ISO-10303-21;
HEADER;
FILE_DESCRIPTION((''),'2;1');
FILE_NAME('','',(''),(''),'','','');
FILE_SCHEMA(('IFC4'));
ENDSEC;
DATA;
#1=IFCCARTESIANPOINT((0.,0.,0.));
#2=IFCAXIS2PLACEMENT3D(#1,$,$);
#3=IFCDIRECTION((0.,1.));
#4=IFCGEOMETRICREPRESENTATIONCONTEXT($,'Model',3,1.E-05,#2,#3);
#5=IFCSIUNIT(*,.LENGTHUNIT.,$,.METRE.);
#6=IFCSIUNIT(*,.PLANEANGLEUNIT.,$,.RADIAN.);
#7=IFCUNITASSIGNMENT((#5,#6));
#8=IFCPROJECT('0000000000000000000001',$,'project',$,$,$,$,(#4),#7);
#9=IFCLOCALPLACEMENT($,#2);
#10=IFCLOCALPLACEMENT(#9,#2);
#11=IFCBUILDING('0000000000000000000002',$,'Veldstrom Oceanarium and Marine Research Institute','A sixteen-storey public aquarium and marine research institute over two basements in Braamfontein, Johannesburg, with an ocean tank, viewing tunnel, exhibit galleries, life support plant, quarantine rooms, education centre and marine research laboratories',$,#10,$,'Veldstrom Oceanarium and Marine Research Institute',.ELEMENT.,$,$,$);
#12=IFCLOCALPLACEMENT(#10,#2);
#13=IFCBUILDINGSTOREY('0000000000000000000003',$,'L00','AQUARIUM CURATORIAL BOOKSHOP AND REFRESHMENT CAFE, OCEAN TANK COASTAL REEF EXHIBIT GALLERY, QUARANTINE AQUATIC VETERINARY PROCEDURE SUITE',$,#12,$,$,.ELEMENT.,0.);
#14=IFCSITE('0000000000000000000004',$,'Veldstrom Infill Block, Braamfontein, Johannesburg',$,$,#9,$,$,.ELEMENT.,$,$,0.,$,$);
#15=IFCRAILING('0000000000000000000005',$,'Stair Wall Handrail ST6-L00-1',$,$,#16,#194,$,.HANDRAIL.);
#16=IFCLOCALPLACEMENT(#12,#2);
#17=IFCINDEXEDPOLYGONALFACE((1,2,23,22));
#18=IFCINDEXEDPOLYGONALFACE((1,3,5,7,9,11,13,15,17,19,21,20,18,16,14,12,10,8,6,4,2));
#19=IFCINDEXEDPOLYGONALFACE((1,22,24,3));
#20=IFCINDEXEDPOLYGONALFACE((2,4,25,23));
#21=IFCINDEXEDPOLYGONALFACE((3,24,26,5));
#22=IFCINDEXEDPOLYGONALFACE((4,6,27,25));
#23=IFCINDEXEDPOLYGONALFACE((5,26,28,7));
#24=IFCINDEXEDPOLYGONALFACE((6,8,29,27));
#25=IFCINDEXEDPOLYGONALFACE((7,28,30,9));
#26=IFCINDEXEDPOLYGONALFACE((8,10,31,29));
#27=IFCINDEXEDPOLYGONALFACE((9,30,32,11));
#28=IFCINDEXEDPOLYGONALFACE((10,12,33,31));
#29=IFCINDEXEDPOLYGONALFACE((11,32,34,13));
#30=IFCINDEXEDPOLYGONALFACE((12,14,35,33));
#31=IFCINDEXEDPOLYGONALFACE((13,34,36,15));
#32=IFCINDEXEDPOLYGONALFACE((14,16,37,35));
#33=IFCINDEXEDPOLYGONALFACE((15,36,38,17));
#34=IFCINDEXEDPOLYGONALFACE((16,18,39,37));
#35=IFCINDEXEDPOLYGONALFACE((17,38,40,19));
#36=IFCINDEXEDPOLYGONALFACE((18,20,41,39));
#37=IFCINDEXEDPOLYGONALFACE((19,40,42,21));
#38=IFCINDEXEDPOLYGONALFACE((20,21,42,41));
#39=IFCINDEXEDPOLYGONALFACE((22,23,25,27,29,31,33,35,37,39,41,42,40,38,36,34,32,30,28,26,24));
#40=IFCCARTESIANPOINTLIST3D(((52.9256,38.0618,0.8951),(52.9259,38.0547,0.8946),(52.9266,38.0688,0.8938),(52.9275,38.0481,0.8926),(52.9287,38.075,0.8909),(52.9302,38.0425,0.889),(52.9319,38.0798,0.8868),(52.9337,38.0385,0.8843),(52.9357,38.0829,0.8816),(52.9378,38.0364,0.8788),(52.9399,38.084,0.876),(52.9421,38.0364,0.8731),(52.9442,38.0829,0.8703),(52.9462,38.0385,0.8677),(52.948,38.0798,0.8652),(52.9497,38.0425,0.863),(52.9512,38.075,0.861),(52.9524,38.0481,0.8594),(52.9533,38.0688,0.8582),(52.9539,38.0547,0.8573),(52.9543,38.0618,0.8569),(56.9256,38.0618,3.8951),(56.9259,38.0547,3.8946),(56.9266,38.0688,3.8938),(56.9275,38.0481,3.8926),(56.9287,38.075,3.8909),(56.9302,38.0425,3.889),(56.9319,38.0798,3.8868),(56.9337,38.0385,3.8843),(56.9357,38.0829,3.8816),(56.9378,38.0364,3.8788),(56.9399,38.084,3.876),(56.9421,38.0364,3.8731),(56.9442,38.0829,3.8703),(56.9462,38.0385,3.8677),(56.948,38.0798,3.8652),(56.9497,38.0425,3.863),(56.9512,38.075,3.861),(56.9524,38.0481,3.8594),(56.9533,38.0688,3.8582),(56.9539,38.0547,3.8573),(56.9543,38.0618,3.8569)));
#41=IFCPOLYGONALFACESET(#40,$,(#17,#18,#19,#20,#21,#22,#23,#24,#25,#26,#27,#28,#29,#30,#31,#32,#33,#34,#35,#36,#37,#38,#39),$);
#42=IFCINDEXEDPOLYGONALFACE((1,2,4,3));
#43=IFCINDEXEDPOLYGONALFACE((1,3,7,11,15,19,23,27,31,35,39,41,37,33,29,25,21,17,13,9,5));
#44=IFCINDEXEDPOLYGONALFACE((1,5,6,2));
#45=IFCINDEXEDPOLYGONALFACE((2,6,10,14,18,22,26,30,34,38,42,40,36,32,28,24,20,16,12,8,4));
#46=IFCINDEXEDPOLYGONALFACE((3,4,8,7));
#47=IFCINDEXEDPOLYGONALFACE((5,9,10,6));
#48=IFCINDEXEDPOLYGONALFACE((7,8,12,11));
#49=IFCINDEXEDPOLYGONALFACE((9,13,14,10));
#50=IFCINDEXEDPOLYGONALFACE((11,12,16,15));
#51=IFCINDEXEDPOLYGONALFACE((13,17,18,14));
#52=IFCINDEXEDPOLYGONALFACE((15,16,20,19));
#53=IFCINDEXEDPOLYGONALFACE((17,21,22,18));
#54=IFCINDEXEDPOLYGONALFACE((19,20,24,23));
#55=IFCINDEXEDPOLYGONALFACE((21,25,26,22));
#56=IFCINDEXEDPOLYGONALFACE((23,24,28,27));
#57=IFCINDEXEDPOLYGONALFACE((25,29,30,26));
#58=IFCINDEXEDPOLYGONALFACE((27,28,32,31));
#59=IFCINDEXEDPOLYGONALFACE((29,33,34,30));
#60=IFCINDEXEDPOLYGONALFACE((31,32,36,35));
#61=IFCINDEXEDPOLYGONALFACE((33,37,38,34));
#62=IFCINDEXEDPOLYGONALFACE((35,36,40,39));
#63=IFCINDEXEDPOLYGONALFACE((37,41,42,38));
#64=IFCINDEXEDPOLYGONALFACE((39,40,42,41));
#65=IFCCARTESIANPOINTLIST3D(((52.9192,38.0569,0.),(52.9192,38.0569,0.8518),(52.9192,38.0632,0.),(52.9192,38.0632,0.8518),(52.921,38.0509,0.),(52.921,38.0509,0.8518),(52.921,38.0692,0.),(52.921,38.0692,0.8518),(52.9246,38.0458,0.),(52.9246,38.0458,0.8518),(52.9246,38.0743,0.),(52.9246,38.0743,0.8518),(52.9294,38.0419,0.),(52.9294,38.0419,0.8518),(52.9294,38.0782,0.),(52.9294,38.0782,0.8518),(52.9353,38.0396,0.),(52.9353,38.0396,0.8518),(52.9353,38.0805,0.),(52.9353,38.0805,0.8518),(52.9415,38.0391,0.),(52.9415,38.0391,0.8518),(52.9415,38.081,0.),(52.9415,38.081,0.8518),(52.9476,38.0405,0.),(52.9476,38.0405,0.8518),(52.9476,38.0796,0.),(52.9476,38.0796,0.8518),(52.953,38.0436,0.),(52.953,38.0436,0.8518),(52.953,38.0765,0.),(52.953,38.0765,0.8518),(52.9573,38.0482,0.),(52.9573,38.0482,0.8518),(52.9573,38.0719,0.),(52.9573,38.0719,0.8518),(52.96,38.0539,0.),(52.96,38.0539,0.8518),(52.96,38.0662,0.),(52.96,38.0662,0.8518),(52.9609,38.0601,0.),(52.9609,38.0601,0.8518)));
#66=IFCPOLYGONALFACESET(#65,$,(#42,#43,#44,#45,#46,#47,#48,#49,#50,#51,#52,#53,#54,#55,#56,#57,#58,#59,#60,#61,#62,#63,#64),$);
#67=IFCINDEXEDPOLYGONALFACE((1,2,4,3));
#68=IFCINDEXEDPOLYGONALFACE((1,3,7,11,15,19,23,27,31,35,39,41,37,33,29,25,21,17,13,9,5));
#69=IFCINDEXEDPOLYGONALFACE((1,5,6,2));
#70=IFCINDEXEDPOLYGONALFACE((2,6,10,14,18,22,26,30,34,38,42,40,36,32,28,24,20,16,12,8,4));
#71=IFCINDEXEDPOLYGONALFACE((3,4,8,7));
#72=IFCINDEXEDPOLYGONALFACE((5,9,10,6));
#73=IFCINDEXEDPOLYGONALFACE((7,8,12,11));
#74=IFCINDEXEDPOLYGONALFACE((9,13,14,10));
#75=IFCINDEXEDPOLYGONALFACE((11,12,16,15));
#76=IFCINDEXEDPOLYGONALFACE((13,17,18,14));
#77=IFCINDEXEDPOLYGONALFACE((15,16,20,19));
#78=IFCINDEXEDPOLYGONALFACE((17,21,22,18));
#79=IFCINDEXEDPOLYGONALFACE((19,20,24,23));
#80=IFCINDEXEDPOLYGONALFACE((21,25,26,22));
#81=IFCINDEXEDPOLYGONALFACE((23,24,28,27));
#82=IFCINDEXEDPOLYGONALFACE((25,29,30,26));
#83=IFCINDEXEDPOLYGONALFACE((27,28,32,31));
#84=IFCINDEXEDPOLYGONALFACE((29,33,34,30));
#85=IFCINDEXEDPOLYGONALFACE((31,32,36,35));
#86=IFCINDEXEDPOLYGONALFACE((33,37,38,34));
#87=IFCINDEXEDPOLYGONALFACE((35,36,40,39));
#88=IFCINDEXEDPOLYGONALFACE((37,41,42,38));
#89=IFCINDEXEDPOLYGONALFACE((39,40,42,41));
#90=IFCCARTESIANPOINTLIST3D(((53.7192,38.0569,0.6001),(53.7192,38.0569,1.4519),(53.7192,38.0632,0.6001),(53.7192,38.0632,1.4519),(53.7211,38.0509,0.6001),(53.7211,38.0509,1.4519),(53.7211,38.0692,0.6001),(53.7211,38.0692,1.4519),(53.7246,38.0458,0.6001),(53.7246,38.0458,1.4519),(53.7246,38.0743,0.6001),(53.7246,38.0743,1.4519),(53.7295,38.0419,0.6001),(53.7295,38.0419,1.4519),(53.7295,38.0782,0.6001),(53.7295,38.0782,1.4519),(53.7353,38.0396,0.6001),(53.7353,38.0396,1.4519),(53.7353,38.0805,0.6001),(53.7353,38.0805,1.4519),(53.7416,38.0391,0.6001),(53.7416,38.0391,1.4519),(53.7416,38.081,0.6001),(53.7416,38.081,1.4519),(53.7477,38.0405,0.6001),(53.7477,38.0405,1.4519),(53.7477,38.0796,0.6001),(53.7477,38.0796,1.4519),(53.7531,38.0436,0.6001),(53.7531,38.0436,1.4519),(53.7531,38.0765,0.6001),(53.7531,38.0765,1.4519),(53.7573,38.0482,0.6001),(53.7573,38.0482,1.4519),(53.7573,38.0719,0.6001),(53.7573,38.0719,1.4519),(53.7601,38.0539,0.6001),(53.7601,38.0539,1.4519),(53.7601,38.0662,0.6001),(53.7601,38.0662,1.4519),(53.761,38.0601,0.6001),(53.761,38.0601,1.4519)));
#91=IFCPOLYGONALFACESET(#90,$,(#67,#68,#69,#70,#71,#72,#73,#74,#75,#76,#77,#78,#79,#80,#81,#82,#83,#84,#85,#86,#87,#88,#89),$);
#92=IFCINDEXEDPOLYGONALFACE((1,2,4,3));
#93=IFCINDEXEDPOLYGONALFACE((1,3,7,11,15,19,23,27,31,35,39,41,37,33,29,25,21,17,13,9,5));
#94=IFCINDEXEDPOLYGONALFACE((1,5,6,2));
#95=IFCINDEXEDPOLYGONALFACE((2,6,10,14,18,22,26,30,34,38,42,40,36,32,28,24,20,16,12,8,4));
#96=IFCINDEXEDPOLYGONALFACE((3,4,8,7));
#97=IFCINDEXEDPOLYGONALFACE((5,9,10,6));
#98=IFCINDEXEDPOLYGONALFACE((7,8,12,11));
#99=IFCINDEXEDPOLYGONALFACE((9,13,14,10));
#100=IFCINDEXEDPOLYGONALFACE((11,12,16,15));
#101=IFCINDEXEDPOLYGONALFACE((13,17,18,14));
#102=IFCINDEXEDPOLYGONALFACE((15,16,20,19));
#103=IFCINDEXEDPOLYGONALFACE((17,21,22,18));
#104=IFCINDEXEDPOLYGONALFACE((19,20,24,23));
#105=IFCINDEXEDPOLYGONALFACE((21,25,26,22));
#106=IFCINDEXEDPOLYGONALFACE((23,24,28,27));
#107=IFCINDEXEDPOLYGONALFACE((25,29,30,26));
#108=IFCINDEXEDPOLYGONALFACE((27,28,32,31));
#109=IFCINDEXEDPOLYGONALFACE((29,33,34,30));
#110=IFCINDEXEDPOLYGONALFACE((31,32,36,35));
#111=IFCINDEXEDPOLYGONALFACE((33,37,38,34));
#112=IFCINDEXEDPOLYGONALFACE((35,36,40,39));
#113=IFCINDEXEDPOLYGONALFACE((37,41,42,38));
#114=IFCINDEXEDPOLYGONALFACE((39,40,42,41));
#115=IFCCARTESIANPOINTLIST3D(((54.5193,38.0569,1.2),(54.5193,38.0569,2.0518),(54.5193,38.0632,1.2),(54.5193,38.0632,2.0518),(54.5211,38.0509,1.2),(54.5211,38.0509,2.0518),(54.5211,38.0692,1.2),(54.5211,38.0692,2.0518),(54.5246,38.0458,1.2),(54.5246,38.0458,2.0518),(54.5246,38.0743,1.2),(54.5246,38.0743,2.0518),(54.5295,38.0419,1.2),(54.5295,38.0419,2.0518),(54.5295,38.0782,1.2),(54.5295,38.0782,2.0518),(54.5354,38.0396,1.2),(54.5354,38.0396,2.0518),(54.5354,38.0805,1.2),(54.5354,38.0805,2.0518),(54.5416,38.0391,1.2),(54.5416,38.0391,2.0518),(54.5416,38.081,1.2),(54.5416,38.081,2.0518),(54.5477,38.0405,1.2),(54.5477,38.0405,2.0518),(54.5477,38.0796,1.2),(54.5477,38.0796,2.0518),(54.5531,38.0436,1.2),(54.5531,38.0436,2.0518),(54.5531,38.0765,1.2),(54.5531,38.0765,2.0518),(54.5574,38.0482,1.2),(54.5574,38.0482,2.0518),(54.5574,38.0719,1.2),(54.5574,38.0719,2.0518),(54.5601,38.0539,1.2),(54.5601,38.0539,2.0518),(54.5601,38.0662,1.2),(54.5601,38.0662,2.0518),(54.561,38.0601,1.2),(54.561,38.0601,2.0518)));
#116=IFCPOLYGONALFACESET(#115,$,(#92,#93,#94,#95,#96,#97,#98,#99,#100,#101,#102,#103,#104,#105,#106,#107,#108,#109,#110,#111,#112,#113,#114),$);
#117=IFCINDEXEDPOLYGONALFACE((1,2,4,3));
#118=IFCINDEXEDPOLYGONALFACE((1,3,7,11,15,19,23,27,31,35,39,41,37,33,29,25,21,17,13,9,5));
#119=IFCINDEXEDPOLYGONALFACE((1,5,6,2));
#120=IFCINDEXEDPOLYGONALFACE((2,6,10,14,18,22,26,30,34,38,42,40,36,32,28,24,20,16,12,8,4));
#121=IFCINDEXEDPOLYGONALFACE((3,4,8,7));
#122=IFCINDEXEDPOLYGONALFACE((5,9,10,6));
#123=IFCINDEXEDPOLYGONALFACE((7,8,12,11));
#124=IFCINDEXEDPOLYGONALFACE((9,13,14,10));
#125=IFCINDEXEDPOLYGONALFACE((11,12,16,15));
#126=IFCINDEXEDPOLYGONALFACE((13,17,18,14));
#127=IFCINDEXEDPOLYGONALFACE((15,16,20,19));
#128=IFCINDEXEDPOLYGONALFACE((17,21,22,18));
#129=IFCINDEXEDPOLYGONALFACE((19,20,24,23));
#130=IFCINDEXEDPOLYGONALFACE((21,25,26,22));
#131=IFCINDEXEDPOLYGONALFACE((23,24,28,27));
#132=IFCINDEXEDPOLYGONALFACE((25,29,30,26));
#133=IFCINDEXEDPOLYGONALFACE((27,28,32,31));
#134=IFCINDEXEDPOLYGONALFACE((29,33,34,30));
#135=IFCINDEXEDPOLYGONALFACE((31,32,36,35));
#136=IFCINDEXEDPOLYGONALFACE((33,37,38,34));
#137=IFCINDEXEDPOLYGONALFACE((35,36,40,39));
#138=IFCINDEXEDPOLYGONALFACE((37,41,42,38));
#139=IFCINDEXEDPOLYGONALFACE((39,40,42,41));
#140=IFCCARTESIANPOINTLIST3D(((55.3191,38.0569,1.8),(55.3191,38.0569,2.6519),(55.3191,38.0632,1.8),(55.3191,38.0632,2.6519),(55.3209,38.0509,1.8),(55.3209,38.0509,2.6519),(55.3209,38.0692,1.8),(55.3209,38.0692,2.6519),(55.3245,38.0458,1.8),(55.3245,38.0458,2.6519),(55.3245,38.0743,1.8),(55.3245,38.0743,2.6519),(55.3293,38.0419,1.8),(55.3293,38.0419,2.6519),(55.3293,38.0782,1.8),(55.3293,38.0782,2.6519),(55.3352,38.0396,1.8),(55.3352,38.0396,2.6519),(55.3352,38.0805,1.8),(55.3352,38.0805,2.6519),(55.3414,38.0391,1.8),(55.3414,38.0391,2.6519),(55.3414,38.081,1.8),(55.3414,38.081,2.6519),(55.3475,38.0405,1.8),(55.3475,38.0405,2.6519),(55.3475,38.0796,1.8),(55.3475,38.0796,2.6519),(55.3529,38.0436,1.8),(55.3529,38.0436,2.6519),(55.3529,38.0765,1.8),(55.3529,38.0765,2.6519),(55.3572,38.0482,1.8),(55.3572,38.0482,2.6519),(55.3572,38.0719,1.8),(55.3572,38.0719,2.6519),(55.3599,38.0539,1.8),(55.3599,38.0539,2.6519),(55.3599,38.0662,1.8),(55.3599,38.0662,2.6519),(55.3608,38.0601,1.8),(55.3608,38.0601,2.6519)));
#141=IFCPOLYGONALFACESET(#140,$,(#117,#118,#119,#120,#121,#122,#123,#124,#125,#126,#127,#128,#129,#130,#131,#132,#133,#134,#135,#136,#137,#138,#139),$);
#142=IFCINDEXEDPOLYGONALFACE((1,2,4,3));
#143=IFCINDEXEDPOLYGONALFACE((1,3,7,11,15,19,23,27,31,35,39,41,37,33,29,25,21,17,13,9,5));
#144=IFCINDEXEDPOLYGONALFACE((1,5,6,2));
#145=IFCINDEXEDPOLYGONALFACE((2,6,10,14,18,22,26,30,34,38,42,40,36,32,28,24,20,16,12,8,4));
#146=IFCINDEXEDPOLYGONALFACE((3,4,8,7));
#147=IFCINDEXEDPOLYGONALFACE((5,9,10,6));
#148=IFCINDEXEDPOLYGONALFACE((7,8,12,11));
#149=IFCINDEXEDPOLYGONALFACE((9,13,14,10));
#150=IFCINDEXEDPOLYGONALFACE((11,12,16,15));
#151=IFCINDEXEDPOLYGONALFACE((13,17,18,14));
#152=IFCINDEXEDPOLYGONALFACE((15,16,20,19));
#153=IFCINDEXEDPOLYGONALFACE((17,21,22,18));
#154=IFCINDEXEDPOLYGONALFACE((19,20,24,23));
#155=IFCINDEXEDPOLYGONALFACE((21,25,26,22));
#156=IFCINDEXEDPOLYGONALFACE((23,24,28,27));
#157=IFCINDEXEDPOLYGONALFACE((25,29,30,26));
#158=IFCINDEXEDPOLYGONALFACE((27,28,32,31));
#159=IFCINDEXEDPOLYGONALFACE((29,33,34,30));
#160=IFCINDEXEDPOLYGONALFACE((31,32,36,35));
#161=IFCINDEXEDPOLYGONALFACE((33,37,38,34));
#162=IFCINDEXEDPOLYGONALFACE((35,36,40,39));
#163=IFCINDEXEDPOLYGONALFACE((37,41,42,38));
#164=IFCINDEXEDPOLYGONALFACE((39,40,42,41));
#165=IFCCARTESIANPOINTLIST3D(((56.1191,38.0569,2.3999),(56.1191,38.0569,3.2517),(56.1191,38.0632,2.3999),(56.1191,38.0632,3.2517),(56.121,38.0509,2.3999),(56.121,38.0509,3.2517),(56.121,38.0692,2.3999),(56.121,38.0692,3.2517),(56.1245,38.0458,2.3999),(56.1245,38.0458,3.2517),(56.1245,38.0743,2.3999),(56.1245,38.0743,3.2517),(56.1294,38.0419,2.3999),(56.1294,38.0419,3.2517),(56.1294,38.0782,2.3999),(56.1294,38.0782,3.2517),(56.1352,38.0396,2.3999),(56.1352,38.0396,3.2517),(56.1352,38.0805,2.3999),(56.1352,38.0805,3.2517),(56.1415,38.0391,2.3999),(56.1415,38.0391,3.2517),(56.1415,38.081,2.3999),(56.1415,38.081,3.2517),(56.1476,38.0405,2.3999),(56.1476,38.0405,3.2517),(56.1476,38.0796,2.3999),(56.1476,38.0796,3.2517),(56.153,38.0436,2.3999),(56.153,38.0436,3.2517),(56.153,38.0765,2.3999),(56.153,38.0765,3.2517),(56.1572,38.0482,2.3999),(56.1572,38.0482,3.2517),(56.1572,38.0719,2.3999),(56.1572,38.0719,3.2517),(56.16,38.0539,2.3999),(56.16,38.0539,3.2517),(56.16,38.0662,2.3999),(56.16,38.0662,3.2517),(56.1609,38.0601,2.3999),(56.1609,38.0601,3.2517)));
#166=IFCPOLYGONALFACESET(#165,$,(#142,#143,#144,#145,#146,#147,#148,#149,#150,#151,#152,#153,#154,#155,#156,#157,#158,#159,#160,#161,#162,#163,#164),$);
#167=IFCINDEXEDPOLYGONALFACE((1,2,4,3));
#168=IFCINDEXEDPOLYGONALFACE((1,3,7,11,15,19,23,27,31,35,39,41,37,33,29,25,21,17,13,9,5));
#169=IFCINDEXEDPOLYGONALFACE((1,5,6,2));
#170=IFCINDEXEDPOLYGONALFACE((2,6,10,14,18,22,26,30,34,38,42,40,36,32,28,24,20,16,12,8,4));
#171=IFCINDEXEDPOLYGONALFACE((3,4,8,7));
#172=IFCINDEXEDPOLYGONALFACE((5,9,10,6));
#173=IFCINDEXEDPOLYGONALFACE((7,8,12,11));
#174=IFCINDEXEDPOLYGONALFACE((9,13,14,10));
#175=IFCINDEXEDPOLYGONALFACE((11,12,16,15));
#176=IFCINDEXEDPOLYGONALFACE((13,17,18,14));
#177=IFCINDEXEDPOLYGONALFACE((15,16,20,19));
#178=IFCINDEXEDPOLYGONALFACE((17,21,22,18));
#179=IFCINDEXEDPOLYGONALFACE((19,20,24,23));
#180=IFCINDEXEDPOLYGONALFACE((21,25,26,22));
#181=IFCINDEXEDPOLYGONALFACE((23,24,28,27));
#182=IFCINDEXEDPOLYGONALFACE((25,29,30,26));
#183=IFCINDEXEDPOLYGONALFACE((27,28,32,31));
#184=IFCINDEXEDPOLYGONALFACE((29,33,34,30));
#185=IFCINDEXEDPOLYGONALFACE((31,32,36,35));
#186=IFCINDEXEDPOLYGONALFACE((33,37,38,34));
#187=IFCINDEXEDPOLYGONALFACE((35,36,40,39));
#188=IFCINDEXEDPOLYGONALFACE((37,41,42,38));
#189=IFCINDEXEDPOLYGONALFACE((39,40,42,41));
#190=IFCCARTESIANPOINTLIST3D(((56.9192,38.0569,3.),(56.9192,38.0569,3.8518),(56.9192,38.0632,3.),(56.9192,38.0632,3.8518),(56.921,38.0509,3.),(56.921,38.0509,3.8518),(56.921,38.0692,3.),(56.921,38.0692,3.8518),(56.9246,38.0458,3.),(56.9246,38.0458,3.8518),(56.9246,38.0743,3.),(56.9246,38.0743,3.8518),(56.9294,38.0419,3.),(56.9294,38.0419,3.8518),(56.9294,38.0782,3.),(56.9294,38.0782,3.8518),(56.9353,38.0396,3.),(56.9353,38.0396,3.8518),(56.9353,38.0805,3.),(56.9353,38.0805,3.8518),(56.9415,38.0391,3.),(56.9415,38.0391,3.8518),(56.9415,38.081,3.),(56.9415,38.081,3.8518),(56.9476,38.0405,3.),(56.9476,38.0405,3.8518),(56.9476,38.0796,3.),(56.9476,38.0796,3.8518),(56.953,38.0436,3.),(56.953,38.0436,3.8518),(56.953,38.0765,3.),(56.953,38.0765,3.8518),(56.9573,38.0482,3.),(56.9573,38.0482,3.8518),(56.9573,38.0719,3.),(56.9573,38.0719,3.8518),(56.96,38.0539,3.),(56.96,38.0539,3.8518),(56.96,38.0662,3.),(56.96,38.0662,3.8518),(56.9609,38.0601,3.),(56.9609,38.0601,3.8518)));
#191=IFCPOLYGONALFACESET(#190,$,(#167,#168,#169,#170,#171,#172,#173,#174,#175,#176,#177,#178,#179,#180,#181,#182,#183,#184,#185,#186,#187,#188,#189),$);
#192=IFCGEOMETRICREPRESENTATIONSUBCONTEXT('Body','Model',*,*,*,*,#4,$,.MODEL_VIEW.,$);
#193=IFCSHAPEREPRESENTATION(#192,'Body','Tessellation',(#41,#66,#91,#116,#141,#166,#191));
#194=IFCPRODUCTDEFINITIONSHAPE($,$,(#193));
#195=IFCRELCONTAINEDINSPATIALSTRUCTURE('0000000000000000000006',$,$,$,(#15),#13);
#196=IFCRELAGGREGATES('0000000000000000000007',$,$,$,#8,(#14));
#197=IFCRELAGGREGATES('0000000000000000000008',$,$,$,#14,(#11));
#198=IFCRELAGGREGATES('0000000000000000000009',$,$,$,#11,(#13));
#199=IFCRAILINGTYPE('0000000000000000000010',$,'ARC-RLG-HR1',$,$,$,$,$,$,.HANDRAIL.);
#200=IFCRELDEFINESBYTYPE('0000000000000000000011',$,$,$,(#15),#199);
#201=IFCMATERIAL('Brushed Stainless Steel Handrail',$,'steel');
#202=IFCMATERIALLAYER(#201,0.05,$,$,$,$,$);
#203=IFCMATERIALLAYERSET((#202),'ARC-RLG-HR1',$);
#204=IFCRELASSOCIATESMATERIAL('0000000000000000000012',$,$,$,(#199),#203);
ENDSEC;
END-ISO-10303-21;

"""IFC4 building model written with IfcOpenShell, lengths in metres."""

from ifc_helpers import new_model, si_unit, direction, frame, origin, origin_2d, place, context, subcontext, project, spatial, circle, extrude, material, layer, layer_set, type_object, element, save


model = new_model("IFC4")

# Units and contexts
model_context = context("Model", 3, precision=1e-05, world=origin(), true_north=direction((0.0, 1.0)))
body_context = subcontext(model_context, "Body", "Model", "MODEL_VIEW")
ifc_project = project(units=[si_unit("LENGTHUNIT", "METRE"), si_unit("PLANEANGLEUNIT", "RADIAN")], contexts=[model_context])

# Site, building, storey
site_placement = place(None, origin())
site = spatial("IfcSite", under=ifc_project, at=site_placement, Name="Veldstrom Infill Block, Braamfontein, Johannesburg", CompositionType="ELEMENT", RefElevation=0.0)
building_placement = place(site_placement, origin())
building = spatial("IfcBuilding", under=site, at=building_placement, Name="Veldstrom Oceanarium and Marine Research Institute", Description="A sixteen-storey public aquarium and marine research institute over two basements in Braamfontein, Johannesburg, with an ocean tank, viewing tunnel, exhibit galleries, life support plant, quarantine rooms, education centre and marine research laboratories", LongName="Veldstrom Oceanarium and Marine Research Institute", CompositionType="ELEMENT")
storey_placement = place(building_placement, origin())
storey = spatial("IfcBuildingStorey", under=building, at=storey_placement, Name="L00", Description="AQUARIUM CURATORIAL BOOKSHOP AND REFRESHMENT CAFE, OCEAN TANK COASTAL REEF EXHIBIT GALLERY, QUARANTINE AQUATIC VETERINARY PROCEDURE SUITE", CompositionType="ELEMENT", Elevation=0.0)

# Railing
ifc_material_1 = material(Name="Brushed Stainless Steel Handrail", Category="steel")
ifc_layer_1 = layer(ifc_material_1, 0.05)
ifc_layer_set_1 = layer_set([ifc_layer_1], Name="ARC-RLG-HR1")
railing_type_1 = type_object("IfcRailingType", Name="ARC-RLG-HR1", PredefinedType="HANDRAIL", material=ifc_layer_set_1)
railing_1_placement = place(storey_placement, frame((52.9399, 38.0601, 0.0)))
element("IfcRailing", 1, at=railing_1_placement, inside=storey, type_object=railing_type_1, Name="Stair Wall Handrail ST6-L00-1", PredefinedType="HANDRAIL", context=body_context, shape_type="SweptSolid", body=[
    extrude(circle(Radius=0.0239, at=origin_2d()), frame((0.0, 0.0, 0.876), z_axis=(0.8, 0.0, 0.6), x_axis=(0.0, 1.0, 0.0)), (0.0, 0.0, 1.0), 5.0),
    extrude(circle(Radius=0.021, at=origin_2d()), origin(), (0.0, 0.0, 1.0), 0.8518),
    extrude(circle(Radius=0.021, at=origin_2d()), frame((0.8, 0.0, 0.6001)), (0.0, 0.0, 1.0), 0.8518),
    extrude(circle(Radius=0.021, at=origin_2d()), frame((1.6001, 0.0, 1.2)), (0.0, 0.0, 1.0), 0.8518),
    extrude(circle(Radius=0.021, at=origin_2d()), frame((2.3999, 0.0, 1.8)), (0.0, 0.0, 1.0), 0.8518),
    extrude(circle(Radius=0.021, at=origin_2d()), frame((3.2, 0.0, 2.3999)), (0.0, 0.0, 1.0), 0.8518),
    extrude(circle(Radius=0.021, at=origin_2d()), frame((4.0, 0.0, 3.0)), (0.0, 0.0, 1.0), 0.8518),
])

save(model, "model.ifc")
